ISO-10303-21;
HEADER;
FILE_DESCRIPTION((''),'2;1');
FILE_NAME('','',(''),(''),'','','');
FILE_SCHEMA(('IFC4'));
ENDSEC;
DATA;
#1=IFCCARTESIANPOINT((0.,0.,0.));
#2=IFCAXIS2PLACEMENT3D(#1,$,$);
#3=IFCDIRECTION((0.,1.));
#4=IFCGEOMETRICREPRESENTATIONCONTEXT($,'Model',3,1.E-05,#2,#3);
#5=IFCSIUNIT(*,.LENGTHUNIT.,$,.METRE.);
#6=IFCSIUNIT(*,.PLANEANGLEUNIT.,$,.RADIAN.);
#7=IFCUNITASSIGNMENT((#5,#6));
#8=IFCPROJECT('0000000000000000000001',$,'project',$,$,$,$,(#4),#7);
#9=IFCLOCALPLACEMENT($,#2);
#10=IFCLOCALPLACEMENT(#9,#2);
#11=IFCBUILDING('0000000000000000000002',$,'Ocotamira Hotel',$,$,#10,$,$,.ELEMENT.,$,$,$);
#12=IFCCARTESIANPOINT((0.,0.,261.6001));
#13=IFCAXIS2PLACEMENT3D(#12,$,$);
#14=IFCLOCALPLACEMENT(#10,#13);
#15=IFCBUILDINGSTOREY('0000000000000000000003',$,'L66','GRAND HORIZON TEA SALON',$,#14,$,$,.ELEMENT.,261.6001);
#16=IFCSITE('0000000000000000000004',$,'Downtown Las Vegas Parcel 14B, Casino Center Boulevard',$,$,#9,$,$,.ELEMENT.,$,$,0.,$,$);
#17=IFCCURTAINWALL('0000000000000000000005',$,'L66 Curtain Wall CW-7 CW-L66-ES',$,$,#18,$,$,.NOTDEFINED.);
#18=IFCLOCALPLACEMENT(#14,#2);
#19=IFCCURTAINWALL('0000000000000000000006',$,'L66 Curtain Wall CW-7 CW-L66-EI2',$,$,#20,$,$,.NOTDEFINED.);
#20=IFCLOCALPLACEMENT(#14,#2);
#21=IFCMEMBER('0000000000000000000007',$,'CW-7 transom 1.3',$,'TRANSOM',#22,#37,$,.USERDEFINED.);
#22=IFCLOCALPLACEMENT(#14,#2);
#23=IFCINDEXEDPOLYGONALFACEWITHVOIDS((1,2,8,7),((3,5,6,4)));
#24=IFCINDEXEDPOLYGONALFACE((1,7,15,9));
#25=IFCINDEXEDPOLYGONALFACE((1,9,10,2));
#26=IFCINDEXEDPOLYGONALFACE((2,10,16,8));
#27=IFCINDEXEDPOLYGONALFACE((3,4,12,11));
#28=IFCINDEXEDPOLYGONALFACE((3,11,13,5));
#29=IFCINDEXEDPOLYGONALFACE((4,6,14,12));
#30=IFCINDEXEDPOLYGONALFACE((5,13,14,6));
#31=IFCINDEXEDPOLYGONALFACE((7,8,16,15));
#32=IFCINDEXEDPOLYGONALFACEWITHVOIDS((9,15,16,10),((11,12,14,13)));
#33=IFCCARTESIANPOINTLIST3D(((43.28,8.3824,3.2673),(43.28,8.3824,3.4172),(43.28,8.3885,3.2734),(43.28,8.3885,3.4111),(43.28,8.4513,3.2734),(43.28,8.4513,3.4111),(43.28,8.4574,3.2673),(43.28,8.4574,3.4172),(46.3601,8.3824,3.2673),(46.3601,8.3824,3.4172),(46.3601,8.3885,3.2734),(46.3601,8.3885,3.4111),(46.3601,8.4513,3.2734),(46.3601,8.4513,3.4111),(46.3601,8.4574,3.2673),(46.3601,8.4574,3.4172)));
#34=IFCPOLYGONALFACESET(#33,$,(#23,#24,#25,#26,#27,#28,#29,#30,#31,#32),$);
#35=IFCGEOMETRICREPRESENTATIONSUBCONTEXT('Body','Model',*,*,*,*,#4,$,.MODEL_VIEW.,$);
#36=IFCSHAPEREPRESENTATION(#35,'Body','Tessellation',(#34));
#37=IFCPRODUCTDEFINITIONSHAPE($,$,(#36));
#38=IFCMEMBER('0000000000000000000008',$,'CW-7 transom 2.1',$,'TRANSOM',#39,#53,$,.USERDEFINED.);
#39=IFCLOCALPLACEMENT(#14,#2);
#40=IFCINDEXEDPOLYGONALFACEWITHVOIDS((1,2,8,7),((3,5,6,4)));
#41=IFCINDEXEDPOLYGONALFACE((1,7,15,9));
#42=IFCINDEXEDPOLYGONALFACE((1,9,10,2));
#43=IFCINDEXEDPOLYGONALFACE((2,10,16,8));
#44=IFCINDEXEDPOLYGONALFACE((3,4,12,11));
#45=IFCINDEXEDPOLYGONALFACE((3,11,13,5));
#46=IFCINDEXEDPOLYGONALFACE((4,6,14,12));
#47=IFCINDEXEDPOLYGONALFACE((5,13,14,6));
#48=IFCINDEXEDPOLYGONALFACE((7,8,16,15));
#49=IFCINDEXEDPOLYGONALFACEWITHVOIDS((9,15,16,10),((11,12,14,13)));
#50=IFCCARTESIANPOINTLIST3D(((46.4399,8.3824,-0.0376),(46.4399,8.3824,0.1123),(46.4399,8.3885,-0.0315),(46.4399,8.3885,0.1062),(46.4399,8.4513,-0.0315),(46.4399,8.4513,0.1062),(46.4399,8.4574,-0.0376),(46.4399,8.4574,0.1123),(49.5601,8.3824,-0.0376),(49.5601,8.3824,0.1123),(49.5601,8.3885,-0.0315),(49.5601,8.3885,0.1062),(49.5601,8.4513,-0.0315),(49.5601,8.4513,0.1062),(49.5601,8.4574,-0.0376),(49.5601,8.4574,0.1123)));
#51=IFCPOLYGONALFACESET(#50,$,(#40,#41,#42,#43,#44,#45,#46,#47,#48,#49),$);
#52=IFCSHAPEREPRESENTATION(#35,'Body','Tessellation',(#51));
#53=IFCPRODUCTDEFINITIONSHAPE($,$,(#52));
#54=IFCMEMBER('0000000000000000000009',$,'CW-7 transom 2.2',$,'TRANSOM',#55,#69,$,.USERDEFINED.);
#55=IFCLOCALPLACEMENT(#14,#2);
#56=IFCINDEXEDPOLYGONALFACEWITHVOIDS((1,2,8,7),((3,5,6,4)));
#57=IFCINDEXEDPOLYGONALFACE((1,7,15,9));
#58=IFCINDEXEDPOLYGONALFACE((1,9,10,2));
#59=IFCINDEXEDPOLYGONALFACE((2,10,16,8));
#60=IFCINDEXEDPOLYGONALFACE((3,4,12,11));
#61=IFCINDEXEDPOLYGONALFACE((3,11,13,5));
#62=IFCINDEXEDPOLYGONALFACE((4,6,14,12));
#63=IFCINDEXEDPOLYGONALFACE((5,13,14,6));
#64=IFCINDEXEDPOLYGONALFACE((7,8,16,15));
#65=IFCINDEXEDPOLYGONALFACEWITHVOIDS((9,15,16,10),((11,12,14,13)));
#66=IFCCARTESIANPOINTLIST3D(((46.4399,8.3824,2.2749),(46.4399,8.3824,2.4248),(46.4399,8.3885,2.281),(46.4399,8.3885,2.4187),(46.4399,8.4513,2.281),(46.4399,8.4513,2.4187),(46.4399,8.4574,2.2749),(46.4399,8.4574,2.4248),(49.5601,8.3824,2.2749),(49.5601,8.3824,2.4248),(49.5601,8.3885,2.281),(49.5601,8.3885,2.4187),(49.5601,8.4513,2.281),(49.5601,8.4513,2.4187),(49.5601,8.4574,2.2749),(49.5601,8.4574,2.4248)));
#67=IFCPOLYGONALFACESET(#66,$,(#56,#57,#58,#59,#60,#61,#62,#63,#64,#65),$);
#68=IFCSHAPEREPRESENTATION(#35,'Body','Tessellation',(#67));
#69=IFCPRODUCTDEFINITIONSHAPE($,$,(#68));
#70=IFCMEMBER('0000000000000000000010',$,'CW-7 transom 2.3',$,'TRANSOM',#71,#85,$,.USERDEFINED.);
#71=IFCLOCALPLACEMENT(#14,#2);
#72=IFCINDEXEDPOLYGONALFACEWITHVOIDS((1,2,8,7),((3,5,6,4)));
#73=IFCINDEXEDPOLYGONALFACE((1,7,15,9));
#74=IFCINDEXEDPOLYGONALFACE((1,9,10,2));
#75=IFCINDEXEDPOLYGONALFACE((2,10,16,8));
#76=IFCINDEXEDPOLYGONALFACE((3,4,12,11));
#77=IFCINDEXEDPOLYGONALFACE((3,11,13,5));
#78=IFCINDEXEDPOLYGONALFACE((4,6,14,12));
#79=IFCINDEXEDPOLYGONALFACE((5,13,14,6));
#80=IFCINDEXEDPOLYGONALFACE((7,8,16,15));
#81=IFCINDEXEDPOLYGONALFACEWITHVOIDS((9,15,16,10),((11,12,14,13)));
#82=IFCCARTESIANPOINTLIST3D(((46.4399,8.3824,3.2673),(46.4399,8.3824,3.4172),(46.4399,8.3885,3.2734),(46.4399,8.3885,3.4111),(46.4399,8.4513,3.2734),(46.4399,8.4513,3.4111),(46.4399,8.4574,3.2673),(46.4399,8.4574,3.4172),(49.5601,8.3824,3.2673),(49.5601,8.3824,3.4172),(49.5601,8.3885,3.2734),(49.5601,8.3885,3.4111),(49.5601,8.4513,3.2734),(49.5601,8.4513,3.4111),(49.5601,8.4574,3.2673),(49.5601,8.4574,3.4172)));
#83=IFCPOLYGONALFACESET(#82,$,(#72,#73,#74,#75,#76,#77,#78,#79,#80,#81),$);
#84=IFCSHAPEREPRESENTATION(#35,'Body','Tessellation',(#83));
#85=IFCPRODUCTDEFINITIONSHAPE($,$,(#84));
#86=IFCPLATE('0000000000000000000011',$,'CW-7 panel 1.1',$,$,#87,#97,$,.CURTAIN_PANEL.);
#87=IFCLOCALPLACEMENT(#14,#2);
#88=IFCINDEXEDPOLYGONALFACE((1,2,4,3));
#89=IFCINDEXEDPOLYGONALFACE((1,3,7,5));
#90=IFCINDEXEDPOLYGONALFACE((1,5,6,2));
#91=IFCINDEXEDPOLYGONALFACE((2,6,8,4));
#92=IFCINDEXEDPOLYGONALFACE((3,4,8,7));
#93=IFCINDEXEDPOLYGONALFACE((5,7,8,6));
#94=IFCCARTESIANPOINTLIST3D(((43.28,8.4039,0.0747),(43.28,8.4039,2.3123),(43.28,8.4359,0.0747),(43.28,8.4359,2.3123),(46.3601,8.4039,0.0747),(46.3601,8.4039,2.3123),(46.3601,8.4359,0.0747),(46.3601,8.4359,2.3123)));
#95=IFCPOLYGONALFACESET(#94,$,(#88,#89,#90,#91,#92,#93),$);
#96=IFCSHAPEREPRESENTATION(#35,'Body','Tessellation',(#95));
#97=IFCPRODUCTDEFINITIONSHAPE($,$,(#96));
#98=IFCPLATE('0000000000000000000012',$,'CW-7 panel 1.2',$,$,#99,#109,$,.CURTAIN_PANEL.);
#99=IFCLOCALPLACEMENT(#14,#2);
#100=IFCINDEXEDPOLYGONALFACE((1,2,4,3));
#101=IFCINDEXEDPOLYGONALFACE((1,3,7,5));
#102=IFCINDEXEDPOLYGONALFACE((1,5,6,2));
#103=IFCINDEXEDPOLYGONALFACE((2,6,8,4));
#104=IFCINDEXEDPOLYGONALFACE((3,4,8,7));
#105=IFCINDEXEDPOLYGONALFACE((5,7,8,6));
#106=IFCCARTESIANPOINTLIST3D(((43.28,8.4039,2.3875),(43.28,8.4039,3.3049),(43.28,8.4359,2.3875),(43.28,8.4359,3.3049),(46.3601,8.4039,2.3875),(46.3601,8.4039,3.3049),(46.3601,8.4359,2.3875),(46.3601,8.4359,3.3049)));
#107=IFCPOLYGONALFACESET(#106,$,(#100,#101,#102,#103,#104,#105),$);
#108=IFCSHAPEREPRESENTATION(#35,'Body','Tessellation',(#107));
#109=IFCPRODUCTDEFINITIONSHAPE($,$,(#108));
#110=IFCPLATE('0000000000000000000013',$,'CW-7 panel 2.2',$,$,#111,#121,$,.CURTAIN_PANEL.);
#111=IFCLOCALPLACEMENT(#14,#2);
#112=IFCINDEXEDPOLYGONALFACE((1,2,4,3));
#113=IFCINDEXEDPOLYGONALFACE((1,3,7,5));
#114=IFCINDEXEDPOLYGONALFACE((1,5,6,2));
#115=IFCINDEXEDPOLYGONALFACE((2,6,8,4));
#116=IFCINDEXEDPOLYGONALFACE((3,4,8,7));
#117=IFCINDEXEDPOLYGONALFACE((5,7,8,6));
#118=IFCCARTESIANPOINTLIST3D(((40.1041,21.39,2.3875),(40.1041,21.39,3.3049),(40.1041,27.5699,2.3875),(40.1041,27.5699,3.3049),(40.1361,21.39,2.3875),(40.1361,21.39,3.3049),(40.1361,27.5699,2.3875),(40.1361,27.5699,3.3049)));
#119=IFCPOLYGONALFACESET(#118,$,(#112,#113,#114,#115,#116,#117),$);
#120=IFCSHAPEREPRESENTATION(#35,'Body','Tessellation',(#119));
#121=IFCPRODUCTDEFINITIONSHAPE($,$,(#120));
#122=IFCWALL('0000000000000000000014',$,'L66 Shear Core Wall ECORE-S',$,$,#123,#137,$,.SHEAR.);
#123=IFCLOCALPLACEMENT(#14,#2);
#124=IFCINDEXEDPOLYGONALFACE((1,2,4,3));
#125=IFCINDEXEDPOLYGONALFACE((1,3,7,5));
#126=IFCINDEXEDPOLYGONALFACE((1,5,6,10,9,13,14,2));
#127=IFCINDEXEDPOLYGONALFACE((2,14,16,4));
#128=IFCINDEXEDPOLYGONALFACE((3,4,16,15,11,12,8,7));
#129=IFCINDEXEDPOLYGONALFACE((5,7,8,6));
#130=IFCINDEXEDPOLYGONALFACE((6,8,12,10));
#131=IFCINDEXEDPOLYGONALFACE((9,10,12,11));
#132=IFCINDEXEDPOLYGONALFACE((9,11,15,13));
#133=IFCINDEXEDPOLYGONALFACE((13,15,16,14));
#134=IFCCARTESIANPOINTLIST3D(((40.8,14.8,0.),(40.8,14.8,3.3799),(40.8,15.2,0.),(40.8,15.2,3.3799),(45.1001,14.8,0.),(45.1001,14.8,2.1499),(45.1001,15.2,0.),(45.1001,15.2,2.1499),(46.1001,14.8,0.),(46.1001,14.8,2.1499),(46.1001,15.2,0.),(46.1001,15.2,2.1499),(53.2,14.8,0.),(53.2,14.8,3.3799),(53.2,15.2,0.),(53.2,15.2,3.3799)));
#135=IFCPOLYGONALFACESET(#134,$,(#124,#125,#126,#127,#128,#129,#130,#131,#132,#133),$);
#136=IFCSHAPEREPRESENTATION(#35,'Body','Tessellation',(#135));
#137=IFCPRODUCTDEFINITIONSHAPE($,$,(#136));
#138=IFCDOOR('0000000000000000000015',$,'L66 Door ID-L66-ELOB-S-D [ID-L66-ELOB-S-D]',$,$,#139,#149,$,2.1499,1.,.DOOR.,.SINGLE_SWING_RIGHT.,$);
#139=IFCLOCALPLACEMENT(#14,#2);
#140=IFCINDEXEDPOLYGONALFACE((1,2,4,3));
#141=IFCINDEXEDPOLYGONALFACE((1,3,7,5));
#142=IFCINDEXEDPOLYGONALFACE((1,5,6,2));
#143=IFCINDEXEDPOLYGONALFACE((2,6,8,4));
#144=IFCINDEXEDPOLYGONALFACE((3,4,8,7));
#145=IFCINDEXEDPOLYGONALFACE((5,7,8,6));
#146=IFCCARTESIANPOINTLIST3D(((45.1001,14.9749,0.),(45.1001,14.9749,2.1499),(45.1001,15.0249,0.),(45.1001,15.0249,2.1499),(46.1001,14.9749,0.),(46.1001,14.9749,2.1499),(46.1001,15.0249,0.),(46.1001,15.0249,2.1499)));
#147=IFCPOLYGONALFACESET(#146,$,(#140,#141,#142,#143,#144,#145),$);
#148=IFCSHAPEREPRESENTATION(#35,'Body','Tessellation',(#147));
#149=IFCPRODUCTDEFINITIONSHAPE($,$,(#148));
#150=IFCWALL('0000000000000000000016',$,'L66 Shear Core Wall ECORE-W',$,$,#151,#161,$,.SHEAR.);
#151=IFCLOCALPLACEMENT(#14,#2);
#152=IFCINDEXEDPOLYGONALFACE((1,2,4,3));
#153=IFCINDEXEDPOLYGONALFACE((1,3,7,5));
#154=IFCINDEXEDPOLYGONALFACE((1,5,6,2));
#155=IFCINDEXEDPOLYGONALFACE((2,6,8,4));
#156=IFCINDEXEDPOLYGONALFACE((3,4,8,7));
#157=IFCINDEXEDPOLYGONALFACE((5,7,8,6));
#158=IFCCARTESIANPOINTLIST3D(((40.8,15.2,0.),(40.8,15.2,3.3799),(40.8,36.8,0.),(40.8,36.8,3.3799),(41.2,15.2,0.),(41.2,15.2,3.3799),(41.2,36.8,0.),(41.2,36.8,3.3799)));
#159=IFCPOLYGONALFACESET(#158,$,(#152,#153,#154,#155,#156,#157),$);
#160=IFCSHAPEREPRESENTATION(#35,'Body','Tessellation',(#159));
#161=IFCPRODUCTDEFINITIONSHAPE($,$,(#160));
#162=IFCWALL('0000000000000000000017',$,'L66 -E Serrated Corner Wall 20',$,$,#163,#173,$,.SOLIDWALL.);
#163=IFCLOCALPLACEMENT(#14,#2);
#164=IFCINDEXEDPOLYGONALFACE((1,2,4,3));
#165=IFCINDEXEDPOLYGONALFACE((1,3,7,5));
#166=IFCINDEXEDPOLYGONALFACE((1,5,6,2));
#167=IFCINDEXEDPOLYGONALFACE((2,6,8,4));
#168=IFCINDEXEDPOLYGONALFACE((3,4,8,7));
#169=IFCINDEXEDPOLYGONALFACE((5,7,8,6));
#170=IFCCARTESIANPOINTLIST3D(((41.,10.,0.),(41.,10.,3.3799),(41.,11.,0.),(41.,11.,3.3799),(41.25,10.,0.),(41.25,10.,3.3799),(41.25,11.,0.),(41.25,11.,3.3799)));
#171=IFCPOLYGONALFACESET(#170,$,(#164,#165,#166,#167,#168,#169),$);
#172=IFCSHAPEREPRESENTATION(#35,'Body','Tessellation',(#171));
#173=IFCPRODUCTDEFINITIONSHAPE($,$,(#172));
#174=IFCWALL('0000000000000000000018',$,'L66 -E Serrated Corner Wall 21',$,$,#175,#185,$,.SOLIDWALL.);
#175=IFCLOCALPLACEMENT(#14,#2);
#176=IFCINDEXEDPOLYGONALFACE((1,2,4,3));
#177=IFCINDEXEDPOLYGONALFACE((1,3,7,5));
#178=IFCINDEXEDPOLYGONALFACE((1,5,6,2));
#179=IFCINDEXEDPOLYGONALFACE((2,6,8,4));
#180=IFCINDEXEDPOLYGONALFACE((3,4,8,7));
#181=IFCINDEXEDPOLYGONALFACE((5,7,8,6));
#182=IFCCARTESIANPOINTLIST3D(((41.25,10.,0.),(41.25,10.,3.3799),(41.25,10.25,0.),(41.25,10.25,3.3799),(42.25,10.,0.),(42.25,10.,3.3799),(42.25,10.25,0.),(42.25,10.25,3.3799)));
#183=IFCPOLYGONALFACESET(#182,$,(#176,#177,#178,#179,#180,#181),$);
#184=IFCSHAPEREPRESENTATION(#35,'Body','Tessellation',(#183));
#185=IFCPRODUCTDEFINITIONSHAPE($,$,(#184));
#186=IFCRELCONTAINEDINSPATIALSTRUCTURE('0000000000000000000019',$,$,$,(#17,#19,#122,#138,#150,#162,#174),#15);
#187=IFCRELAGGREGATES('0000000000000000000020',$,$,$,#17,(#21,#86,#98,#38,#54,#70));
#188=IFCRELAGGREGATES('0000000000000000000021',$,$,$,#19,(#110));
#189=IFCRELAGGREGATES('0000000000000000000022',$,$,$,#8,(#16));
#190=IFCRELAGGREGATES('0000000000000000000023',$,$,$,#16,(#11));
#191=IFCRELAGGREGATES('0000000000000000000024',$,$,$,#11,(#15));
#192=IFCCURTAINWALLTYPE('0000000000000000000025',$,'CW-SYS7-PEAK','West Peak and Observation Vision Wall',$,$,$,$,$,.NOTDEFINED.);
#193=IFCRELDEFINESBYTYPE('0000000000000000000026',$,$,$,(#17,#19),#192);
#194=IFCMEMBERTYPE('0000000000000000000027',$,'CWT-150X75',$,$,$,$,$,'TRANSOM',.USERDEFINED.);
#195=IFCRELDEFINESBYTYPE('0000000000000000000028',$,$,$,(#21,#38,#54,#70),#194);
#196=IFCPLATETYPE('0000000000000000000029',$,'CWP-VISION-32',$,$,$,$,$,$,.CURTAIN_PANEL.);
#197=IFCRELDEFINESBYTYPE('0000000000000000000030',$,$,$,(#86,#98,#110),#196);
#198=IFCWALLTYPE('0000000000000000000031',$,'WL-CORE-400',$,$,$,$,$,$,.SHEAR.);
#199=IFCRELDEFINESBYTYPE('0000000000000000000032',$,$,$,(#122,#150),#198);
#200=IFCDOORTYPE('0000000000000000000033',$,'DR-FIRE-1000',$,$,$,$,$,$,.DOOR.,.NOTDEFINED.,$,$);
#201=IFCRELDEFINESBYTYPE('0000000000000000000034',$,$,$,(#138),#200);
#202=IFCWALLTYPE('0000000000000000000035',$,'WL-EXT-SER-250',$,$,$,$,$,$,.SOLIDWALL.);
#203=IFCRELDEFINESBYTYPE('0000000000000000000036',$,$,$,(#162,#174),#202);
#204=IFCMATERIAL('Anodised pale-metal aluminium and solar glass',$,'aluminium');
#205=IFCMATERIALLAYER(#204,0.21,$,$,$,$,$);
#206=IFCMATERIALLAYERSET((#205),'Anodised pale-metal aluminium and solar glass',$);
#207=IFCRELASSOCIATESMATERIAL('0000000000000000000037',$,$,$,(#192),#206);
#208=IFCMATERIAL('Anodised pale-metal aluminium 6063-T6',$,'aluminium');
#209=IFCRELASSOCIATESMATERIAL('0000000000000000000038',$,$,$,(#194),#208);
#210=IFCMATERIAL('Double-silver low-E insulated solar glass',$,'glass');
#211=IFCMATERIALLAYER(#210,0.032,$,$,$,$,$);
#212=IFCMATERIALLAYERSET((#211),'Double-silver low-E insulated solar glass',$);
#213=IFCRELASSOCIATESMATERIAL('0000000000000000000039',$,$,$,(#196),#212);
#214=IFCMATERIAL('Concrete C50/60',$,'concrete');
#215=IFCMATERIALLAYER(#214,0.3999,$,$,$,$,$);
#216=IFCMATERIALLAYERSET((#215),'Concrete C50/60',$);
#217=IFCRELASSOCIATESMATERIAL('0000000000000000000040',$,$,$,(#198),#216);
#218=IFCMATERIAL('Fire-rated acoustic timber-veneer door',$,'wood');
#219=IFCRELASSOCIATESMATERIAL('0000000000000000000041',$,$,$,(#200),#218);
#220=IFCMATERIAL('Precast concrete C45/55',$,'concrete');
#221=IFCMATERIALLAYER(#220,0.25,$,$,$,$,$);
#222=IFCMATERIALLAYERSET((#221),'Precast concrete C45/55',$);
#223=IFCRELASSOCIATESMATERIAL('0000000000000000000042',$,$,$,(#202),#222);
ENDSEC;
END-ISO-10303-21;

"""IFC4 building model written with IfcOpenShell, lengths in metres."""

from ifc_helpers import new_model, si_unit, direction, frame, frame_2d, origin, origin_2d, place, context, subcontext, project, spatial, rectangle, hollow_rectangle, extrude, source, transform, mapped, material, layer, layer_set, material_profile, profile_set, type_object, element, fill, aggregate, save


model = new_model("IFC4")

# Units and contexts
model_context = context("Model", 3, precision=1e-05, world=origin(), true_north=direction((0.0, 1.0)))
body_context = subcontext(model_context, "Body", "Model", "MODEL_VIEW")
ifc_project = project(units=[si_unit("LENGTHUNIT", "METRE"), si_unit("PLANEANGLEUNIT", "RADIAN")], contexts=[model_context])

# Site, building, storey
site_placement = place(None, origin())
site = spatial("IfcSite", under=ifc_project, at=site_placement, Name="Downtown Las Vegas Parcel 14B, Casino Center Boulevard", CompositionType="ELEMENT", RefElevation=0.0)
building_placement = place(site_placement, origin())
building = spatial("IfcBuilding", under=site, at=building_placement, Name="Ocotamira Hotel", CompositionType="ELEMENT")
storey_placement = place(building_placement, frame((0.0, 0.0, 261.6001)))
storey = spatial("IfcBuildingStorey", under=building, at=storey_placement, Name="L66", Description="GRAND HORIZON TEA SALON", CompositionType="ELEMENT", Elevation=261.6001)

# Curtain wall
ifc_material_1 = material(Name="Anodised pale-metal aluminium and solar glass", Category="aluminium")
ifc_layer_1 = layer(ifc_material_1, 0.21)
ifc_layer_set_1 = layer_set([ifc_layer_1], Name="Anodised pale-metal aluminium and solar glass")
curtain_wall_type = type_object("IfcCurtainWallType", Name="CW-SYS7-PEAK", Description="West Peak and Observation Vision Wall", PredefinedType="NOTDEFINED", material=ifc_layer_set_1)
curtain_wall_1_placement = place(storey_placement, origin())
curtain_wall_1 = element("IfcCurtainWall", 1, at=curtain_wall_1_placement, inside=storey, type_object=curtain_wall_type, Name="L66 Curtain Wall CW-7 CW-L66-ES", PredefinedType="NOTDEFINED")
ifc_material_2 = material(Name="Anodised pale-metal aluminium 6063-T6", Category="aluminium")

# Curtain wall
curtain_wall_2_placement = place(storey_placement, origin())
curtain_wall_2 = element("IfcCurtainWall", 2, at=curtain_wall_2_placement, inside=storey, type_object=curtain_wall_type, Name="L66 Curtain Wall CW-7 CW-L66-EI2", PredefinedType="NOTDEFINED")

# Members
ifc_material_profile_1 = material_profile(ifc_material_2, hollow_rectangle(XDim=0.075, YDim=0.1499, WallThickness=0.0061, at=origin_2d()), Name="HSS150X75X6")
ifc_profile_set_1 = profile_set([ifc_material_profile_1], Name="Anodised pale-metal aluminium 6063-T6")
member_type_1 = type_object("IfcMemberType", Name="CWT-150X75", ElementType="TRANSOM", PredefinedType="USERDEFINED", material=ifc_profile_set_1)
shared_shape_1 = source(origin(), body_context, "Body", "SweptSolid", [
    extrude(hollow_rectangle(XDim=0.075, YDim=0.1499, WallThickness=0.0061, at=origin_2d()), origin(), (0.0, 0.0, 1.0), 3.0801),
])
member_1_placement = place(storey_placement, frame((43.28, 8.4199, 3.3423), z_axis=(1.0, 0.0, 0.0), x_axis=(0.0, 1.0, 0.0)))
member_1 = element("IfcMember", 3, at=member_1_placement, type_object=member_type_1, Name="CW-7 transom 1.3", ObjectType="TRANSOM", PredefinedType="USERDEFINED", context=body_context, shape_type="MappedRepresentation", body=[
    mapped(shared_shape_1, transform((0.0, 0.0, 0.0), scale=1.0)),
])
shared_shape_2 = source(origin(), body_context, "Body", "SweptSolid", [
    extrude(hollow_rectangle(XDim=0.075, YDim=0.1499, WallThickness=0.0061, at=origin_2d()), origin(), (0.0, 0.0, 1.0), 3.1201),
])
member_2_placement = place(storey_placement, frame((46.4399, 8.4199, 0.0374), z_axis=(1.0, 0.0, 0.0), x_axis=(0.0, 1.0, 0.0)))
member_2 = element("IfcMember", 4, at=member_2_placement, type_object=member_type_1, Name="CW-7 transom 2.1", ObjectType="TRANSOM", PredefinedType="USERDEFINED", context=body_context, shape_type="MappedRepresentation", body=[
    mapped(shared_shape_2, transform((0.0, 0.0, 0.0), scale=1.0)),
])
member_3_placement = place(storey_placement, frame((46.4399, 8.4199, 2.3499), z_axis=(1.0, 0.0, 0.0), x_axis=(0.0, 1.0, 0.0)))
member_3 = element("IfcMember", 5, at=member_3_placement, type_object=member_type_1, Name="CW-7 transom 2.2", ObjectType="TRANSOM", PredefinedType="USERDEFINED", context=body_context, shape_type="MappedRepresentation", body=[
    mapped(shared_shape_2, transform((0.0, 0.0, 0.0), scale=1.0)),
])
member_4_placement = place(storey_placement, frame((46.4399, 8.4199, 3.3423), z_axis=(1.0, 0.0, 0.0), x_axis=(0.0, 1.0, 0.0)))
member_4 = element("IfcMember", 6, at=member_4_placement, type_object=member_type_1, Name="CW-7 transom 2.3", ObjectType="TRANSOM", PredefinedType="USERDEFINED", context=body_context, shape_type="MappedRepresentation", body=[
    mapped(shared_shape_2, transform((0.0, 0.0, 0.0), scale=1.0)),
])

# Plates
ifc_material_3 = material(Name="Double-silver low-E insulated solar glass", Category="glass")
ifc_layer_2 = layer(ifc_material_3, 0.032)
ifc_layer_set_2 = layer_set([ifc_layer_2], Name="Double-silver low-E insulated solar glass")
plate_type = type_object("IfcPlateType", Name="CWP-VISION-32", PredefinedType="CURTAIN_PANEL", material=ifc_layer_set_2)
shared_shape_3 = source(origin(), body_context, "Body", "SweptSolid", [
    extrude(rectangle(XDim=3.0801, YDim=0.032, at=origin_2d()), origin(), (0.0, 0.0, 1.0), 2.2375),
])
plate_1_placement = place(storey_placement, frame((44.8201, 8.4199, 0.0747), z_axis=(0.0, 0.0, 1.0), x_axis=(1.0, 0.0, 0.0)))
plate_1 = element("IfcPlate", 7, at=plate_1_placement, type_object=plate_type, Name="CW-7 panel 1.1", PredefinedType="CURTAIN_PANEL", context=body_context, shape_type="MappedRepresentation", body=[
    mapped(shared_shape_3, transform((0.0, 0.0, 0.0), scale=1.0)),
])
shared_shape_4 = source(origin(), body_context, "Body", "SweptSolid", [
    extrude(rectangle(XDim=3.0801, YDim=0.032, at=origin_2d()), origin(), (0.0, 0.0, 1.0), 0.9175),
])
plate_2_placement = place(storey_placement, frame((44.8201, 8.4199, 2.3875), z_axis=(0.0, 0.0, 1.0), x_axis=(1.0, 0.0, 0.0)))
plate_2 = element("IfcPlate", 8, at=plate_2_placement, type_object=plate_type, Name="CW-7 panel 1.2", PredefinedType="CURTAIN_PANEL", context=body_context, shape_type="MappedRepresentation", body=[
    mapped(shared_shape_4, transform((0.0, 0.0, 0.0), scale=1.0)),
])
aggregate(curtain_wall_1, [member_1, plate_1, plate_2, member_2, member_3, member_4])
shared_shape_5 = source(origin(), body_context, "Body", "SweptSolid", [
    extrude(rectangle(XDim=6.1799, YDim=0.032, at=origin_2d()), origin(), (0.0, 0.0, 1.0), 0.9175),
])
plate_3_placement = place(storey_placement, frame((40.1201, 24.48, 2.3875), z_axis=(0.0, 0.0, 1.0), x_axis=(0.0, 1.0, 0.0)))
plate_3 = element("IfcPlate", 9, at=plate_3_placement, type_object=plate_type, Name="CW-7 panel 2.2", PredefinedType="CURTAIN_PANEL", context=body_context, shape_type="MappedRepresentation", body=[
    mapped(shared_shape_5, transform((0.0, 0.0, 0.0), scale=1.0)),
])
aggregate(curtain_wall_2, [plate_3])

# Wall, opening, door
ifc_material_4 = material(Name="Concrete C50/60", Category="concrete")
ifc_layer_3 = layer(ifc_material_4, 0.3999)
ifc_layer_set_3 = layer_set([ifc_layer_3], Name="Concrete C50/60")
wall_type_1 = type_object("IfcWallType", Name="WL-CORE-400", PredefinedType="SHEAR", material=ifc_layer_set_3)
wall_1_placement = place(storey_placement, frame((40.8, 15.0, 0.0), z_axis=(0.0, 0.0, 1.0), x_axis=(1.0, 0.0, 0.0)))
wall_1 = element("IfcWall", 10, at=wall_1_placement, inside=storey, type_object=wall_type_1, Name="L66 Shear Core Wall ECORE-S", PredefinedType="SHEAR", context=body_context, shape_type="SweptSolid", body=[
    extrude(rectangle(XDim=12.3999, YDim=0.3999, at=frame_2d((6.2, 0.0))), origin(), (0.0, 0.0, 1.0), 3.3799),
])
opening_1_placement = place(wall_1_placement, frame((4.3, 0.0, 0.0)))
opening_1 = element("IfcOpeningElement", 11, at=opening_1_placement, cuts=wall_1, PredefinedType="OPENING", context=body_context, shape_type="SweptSolid", body=[
    extrude(rectangle(XDim=1.0, YDim=2.1499, at=frame_2d((0.5, 1.075))), frame((0.0, 0.21, 0.0), z_axis=(0.0, -1.0, 0.0), x_axis=(1.0, 0.0, 0.0)), (0.0, 0.0, 1.0), 0.4199),
])
ifc_material_5 = material(Name="Fire-rated acoustic timber-veneer door", Category="wood")
door_type_1 = type_object("IfcDoorType", Name="DR-FIRE-1000", OperationType="NOTDEFINED", PredefinedType="DOOR", material=ifc_material_5)
shared_shape_6 = source(origin(), body_context, "Body", "SweptSolid", [
    extrude(rectangle(XDim=1.0, YDim=2.1499, at=frame_2d((0.5, 1.075))), frame((0.0, 0.0249, 0.0), z_axis=(0.0, -1.0, 0.0), x_axis=(1.0, 0.0, 0.0)), (0.0, 0.0, 1.0), 0.05),
])
door_1_placement = place(opening_1_placement, origin())
door_1 = element("IfcDoor", 12, at=door_1_placement, inside=storey, type_object=door_type_1, Name="L66 Door ID-L66-ELOB-S-D [ID-L66-ELOB-S-D]", OperationType="SINGLE_SWING_RIGHT", OverallHeight=2.1499, OverallWidth=1.0, PredefinedType="DOOR", context=body_context, shape_type="MappedRepresentation", body=[
    mapped(shared_shape_6, transform((0.0, 0.0, 0.0), scale=1.0)),
])
fill(opening_1, door_1)

# Walls
wall_2_placement = place(storey_placement, frame((41.0, 15.2, 0.0), z_axis=(0.0, 0.0, 1.0), x_axis=(0.0, 1.0, 0.0)))
element("IfcWall", 13, at=wall_2_placement, inside=storey, type_object=wall_type_1, Name="L66 Shear Core Wall ECORE-W", PredefinedType="SHEAR", context=body_context, shape_type="SweptSolid", body=[
    extrude(rectangle(XDim=21.6001, YDim=0.3999, at=frame_2d((10.8, 0.0))), origin(), (0.0, 0.0, 1.0), 3.3799),
])
ifc_material_6 = material(Name="Precast concrete C45/55", Category="concrete")
ifc_layer_4 = layer(ifc_material_6, 0.25)
ifc_layer_set_4 = layer_set([ifc_layer_4], Name="Precast concrete C45/55")
wall_type_2 = type_object("IfcWallType", Name="WL-EXT-SER-250", PredefinedType="SOLIDWALL", material=ifc_layer_set_4)
for number, where, z_axis, x_axis, name in (
    (14, (41.125, 11.0, 0.0), (0.0, 0.0, 1.0), (0.0, -1.0, 0.0), "L66 -E Serrated Corner Wall 20"),
    (15, (41.25, 10.125, 0.0), (0.0, 0.0, 1.0), (1.0, 0.0, 0.0), "L66 -E Serrated Corner Wall 21"),
):
    element("IfcWall", number, at=place(storey_placement, frame(where, z_axis=z_axis, x_axis=x_axis)), inside=storey, type_object=wall_type_2, Name=name, PredefinedType="SOLIDWALL", context=body_context, shape_type="SweptSolid", body=[
        extrude(rectangle(XDim=1.0, YDim=0.25, at=frame_2d((0.5, 0.0))), origin(), (0.0, 0.0, 1.0), 3.3799),
    ])

save(model, "model.ifc")
